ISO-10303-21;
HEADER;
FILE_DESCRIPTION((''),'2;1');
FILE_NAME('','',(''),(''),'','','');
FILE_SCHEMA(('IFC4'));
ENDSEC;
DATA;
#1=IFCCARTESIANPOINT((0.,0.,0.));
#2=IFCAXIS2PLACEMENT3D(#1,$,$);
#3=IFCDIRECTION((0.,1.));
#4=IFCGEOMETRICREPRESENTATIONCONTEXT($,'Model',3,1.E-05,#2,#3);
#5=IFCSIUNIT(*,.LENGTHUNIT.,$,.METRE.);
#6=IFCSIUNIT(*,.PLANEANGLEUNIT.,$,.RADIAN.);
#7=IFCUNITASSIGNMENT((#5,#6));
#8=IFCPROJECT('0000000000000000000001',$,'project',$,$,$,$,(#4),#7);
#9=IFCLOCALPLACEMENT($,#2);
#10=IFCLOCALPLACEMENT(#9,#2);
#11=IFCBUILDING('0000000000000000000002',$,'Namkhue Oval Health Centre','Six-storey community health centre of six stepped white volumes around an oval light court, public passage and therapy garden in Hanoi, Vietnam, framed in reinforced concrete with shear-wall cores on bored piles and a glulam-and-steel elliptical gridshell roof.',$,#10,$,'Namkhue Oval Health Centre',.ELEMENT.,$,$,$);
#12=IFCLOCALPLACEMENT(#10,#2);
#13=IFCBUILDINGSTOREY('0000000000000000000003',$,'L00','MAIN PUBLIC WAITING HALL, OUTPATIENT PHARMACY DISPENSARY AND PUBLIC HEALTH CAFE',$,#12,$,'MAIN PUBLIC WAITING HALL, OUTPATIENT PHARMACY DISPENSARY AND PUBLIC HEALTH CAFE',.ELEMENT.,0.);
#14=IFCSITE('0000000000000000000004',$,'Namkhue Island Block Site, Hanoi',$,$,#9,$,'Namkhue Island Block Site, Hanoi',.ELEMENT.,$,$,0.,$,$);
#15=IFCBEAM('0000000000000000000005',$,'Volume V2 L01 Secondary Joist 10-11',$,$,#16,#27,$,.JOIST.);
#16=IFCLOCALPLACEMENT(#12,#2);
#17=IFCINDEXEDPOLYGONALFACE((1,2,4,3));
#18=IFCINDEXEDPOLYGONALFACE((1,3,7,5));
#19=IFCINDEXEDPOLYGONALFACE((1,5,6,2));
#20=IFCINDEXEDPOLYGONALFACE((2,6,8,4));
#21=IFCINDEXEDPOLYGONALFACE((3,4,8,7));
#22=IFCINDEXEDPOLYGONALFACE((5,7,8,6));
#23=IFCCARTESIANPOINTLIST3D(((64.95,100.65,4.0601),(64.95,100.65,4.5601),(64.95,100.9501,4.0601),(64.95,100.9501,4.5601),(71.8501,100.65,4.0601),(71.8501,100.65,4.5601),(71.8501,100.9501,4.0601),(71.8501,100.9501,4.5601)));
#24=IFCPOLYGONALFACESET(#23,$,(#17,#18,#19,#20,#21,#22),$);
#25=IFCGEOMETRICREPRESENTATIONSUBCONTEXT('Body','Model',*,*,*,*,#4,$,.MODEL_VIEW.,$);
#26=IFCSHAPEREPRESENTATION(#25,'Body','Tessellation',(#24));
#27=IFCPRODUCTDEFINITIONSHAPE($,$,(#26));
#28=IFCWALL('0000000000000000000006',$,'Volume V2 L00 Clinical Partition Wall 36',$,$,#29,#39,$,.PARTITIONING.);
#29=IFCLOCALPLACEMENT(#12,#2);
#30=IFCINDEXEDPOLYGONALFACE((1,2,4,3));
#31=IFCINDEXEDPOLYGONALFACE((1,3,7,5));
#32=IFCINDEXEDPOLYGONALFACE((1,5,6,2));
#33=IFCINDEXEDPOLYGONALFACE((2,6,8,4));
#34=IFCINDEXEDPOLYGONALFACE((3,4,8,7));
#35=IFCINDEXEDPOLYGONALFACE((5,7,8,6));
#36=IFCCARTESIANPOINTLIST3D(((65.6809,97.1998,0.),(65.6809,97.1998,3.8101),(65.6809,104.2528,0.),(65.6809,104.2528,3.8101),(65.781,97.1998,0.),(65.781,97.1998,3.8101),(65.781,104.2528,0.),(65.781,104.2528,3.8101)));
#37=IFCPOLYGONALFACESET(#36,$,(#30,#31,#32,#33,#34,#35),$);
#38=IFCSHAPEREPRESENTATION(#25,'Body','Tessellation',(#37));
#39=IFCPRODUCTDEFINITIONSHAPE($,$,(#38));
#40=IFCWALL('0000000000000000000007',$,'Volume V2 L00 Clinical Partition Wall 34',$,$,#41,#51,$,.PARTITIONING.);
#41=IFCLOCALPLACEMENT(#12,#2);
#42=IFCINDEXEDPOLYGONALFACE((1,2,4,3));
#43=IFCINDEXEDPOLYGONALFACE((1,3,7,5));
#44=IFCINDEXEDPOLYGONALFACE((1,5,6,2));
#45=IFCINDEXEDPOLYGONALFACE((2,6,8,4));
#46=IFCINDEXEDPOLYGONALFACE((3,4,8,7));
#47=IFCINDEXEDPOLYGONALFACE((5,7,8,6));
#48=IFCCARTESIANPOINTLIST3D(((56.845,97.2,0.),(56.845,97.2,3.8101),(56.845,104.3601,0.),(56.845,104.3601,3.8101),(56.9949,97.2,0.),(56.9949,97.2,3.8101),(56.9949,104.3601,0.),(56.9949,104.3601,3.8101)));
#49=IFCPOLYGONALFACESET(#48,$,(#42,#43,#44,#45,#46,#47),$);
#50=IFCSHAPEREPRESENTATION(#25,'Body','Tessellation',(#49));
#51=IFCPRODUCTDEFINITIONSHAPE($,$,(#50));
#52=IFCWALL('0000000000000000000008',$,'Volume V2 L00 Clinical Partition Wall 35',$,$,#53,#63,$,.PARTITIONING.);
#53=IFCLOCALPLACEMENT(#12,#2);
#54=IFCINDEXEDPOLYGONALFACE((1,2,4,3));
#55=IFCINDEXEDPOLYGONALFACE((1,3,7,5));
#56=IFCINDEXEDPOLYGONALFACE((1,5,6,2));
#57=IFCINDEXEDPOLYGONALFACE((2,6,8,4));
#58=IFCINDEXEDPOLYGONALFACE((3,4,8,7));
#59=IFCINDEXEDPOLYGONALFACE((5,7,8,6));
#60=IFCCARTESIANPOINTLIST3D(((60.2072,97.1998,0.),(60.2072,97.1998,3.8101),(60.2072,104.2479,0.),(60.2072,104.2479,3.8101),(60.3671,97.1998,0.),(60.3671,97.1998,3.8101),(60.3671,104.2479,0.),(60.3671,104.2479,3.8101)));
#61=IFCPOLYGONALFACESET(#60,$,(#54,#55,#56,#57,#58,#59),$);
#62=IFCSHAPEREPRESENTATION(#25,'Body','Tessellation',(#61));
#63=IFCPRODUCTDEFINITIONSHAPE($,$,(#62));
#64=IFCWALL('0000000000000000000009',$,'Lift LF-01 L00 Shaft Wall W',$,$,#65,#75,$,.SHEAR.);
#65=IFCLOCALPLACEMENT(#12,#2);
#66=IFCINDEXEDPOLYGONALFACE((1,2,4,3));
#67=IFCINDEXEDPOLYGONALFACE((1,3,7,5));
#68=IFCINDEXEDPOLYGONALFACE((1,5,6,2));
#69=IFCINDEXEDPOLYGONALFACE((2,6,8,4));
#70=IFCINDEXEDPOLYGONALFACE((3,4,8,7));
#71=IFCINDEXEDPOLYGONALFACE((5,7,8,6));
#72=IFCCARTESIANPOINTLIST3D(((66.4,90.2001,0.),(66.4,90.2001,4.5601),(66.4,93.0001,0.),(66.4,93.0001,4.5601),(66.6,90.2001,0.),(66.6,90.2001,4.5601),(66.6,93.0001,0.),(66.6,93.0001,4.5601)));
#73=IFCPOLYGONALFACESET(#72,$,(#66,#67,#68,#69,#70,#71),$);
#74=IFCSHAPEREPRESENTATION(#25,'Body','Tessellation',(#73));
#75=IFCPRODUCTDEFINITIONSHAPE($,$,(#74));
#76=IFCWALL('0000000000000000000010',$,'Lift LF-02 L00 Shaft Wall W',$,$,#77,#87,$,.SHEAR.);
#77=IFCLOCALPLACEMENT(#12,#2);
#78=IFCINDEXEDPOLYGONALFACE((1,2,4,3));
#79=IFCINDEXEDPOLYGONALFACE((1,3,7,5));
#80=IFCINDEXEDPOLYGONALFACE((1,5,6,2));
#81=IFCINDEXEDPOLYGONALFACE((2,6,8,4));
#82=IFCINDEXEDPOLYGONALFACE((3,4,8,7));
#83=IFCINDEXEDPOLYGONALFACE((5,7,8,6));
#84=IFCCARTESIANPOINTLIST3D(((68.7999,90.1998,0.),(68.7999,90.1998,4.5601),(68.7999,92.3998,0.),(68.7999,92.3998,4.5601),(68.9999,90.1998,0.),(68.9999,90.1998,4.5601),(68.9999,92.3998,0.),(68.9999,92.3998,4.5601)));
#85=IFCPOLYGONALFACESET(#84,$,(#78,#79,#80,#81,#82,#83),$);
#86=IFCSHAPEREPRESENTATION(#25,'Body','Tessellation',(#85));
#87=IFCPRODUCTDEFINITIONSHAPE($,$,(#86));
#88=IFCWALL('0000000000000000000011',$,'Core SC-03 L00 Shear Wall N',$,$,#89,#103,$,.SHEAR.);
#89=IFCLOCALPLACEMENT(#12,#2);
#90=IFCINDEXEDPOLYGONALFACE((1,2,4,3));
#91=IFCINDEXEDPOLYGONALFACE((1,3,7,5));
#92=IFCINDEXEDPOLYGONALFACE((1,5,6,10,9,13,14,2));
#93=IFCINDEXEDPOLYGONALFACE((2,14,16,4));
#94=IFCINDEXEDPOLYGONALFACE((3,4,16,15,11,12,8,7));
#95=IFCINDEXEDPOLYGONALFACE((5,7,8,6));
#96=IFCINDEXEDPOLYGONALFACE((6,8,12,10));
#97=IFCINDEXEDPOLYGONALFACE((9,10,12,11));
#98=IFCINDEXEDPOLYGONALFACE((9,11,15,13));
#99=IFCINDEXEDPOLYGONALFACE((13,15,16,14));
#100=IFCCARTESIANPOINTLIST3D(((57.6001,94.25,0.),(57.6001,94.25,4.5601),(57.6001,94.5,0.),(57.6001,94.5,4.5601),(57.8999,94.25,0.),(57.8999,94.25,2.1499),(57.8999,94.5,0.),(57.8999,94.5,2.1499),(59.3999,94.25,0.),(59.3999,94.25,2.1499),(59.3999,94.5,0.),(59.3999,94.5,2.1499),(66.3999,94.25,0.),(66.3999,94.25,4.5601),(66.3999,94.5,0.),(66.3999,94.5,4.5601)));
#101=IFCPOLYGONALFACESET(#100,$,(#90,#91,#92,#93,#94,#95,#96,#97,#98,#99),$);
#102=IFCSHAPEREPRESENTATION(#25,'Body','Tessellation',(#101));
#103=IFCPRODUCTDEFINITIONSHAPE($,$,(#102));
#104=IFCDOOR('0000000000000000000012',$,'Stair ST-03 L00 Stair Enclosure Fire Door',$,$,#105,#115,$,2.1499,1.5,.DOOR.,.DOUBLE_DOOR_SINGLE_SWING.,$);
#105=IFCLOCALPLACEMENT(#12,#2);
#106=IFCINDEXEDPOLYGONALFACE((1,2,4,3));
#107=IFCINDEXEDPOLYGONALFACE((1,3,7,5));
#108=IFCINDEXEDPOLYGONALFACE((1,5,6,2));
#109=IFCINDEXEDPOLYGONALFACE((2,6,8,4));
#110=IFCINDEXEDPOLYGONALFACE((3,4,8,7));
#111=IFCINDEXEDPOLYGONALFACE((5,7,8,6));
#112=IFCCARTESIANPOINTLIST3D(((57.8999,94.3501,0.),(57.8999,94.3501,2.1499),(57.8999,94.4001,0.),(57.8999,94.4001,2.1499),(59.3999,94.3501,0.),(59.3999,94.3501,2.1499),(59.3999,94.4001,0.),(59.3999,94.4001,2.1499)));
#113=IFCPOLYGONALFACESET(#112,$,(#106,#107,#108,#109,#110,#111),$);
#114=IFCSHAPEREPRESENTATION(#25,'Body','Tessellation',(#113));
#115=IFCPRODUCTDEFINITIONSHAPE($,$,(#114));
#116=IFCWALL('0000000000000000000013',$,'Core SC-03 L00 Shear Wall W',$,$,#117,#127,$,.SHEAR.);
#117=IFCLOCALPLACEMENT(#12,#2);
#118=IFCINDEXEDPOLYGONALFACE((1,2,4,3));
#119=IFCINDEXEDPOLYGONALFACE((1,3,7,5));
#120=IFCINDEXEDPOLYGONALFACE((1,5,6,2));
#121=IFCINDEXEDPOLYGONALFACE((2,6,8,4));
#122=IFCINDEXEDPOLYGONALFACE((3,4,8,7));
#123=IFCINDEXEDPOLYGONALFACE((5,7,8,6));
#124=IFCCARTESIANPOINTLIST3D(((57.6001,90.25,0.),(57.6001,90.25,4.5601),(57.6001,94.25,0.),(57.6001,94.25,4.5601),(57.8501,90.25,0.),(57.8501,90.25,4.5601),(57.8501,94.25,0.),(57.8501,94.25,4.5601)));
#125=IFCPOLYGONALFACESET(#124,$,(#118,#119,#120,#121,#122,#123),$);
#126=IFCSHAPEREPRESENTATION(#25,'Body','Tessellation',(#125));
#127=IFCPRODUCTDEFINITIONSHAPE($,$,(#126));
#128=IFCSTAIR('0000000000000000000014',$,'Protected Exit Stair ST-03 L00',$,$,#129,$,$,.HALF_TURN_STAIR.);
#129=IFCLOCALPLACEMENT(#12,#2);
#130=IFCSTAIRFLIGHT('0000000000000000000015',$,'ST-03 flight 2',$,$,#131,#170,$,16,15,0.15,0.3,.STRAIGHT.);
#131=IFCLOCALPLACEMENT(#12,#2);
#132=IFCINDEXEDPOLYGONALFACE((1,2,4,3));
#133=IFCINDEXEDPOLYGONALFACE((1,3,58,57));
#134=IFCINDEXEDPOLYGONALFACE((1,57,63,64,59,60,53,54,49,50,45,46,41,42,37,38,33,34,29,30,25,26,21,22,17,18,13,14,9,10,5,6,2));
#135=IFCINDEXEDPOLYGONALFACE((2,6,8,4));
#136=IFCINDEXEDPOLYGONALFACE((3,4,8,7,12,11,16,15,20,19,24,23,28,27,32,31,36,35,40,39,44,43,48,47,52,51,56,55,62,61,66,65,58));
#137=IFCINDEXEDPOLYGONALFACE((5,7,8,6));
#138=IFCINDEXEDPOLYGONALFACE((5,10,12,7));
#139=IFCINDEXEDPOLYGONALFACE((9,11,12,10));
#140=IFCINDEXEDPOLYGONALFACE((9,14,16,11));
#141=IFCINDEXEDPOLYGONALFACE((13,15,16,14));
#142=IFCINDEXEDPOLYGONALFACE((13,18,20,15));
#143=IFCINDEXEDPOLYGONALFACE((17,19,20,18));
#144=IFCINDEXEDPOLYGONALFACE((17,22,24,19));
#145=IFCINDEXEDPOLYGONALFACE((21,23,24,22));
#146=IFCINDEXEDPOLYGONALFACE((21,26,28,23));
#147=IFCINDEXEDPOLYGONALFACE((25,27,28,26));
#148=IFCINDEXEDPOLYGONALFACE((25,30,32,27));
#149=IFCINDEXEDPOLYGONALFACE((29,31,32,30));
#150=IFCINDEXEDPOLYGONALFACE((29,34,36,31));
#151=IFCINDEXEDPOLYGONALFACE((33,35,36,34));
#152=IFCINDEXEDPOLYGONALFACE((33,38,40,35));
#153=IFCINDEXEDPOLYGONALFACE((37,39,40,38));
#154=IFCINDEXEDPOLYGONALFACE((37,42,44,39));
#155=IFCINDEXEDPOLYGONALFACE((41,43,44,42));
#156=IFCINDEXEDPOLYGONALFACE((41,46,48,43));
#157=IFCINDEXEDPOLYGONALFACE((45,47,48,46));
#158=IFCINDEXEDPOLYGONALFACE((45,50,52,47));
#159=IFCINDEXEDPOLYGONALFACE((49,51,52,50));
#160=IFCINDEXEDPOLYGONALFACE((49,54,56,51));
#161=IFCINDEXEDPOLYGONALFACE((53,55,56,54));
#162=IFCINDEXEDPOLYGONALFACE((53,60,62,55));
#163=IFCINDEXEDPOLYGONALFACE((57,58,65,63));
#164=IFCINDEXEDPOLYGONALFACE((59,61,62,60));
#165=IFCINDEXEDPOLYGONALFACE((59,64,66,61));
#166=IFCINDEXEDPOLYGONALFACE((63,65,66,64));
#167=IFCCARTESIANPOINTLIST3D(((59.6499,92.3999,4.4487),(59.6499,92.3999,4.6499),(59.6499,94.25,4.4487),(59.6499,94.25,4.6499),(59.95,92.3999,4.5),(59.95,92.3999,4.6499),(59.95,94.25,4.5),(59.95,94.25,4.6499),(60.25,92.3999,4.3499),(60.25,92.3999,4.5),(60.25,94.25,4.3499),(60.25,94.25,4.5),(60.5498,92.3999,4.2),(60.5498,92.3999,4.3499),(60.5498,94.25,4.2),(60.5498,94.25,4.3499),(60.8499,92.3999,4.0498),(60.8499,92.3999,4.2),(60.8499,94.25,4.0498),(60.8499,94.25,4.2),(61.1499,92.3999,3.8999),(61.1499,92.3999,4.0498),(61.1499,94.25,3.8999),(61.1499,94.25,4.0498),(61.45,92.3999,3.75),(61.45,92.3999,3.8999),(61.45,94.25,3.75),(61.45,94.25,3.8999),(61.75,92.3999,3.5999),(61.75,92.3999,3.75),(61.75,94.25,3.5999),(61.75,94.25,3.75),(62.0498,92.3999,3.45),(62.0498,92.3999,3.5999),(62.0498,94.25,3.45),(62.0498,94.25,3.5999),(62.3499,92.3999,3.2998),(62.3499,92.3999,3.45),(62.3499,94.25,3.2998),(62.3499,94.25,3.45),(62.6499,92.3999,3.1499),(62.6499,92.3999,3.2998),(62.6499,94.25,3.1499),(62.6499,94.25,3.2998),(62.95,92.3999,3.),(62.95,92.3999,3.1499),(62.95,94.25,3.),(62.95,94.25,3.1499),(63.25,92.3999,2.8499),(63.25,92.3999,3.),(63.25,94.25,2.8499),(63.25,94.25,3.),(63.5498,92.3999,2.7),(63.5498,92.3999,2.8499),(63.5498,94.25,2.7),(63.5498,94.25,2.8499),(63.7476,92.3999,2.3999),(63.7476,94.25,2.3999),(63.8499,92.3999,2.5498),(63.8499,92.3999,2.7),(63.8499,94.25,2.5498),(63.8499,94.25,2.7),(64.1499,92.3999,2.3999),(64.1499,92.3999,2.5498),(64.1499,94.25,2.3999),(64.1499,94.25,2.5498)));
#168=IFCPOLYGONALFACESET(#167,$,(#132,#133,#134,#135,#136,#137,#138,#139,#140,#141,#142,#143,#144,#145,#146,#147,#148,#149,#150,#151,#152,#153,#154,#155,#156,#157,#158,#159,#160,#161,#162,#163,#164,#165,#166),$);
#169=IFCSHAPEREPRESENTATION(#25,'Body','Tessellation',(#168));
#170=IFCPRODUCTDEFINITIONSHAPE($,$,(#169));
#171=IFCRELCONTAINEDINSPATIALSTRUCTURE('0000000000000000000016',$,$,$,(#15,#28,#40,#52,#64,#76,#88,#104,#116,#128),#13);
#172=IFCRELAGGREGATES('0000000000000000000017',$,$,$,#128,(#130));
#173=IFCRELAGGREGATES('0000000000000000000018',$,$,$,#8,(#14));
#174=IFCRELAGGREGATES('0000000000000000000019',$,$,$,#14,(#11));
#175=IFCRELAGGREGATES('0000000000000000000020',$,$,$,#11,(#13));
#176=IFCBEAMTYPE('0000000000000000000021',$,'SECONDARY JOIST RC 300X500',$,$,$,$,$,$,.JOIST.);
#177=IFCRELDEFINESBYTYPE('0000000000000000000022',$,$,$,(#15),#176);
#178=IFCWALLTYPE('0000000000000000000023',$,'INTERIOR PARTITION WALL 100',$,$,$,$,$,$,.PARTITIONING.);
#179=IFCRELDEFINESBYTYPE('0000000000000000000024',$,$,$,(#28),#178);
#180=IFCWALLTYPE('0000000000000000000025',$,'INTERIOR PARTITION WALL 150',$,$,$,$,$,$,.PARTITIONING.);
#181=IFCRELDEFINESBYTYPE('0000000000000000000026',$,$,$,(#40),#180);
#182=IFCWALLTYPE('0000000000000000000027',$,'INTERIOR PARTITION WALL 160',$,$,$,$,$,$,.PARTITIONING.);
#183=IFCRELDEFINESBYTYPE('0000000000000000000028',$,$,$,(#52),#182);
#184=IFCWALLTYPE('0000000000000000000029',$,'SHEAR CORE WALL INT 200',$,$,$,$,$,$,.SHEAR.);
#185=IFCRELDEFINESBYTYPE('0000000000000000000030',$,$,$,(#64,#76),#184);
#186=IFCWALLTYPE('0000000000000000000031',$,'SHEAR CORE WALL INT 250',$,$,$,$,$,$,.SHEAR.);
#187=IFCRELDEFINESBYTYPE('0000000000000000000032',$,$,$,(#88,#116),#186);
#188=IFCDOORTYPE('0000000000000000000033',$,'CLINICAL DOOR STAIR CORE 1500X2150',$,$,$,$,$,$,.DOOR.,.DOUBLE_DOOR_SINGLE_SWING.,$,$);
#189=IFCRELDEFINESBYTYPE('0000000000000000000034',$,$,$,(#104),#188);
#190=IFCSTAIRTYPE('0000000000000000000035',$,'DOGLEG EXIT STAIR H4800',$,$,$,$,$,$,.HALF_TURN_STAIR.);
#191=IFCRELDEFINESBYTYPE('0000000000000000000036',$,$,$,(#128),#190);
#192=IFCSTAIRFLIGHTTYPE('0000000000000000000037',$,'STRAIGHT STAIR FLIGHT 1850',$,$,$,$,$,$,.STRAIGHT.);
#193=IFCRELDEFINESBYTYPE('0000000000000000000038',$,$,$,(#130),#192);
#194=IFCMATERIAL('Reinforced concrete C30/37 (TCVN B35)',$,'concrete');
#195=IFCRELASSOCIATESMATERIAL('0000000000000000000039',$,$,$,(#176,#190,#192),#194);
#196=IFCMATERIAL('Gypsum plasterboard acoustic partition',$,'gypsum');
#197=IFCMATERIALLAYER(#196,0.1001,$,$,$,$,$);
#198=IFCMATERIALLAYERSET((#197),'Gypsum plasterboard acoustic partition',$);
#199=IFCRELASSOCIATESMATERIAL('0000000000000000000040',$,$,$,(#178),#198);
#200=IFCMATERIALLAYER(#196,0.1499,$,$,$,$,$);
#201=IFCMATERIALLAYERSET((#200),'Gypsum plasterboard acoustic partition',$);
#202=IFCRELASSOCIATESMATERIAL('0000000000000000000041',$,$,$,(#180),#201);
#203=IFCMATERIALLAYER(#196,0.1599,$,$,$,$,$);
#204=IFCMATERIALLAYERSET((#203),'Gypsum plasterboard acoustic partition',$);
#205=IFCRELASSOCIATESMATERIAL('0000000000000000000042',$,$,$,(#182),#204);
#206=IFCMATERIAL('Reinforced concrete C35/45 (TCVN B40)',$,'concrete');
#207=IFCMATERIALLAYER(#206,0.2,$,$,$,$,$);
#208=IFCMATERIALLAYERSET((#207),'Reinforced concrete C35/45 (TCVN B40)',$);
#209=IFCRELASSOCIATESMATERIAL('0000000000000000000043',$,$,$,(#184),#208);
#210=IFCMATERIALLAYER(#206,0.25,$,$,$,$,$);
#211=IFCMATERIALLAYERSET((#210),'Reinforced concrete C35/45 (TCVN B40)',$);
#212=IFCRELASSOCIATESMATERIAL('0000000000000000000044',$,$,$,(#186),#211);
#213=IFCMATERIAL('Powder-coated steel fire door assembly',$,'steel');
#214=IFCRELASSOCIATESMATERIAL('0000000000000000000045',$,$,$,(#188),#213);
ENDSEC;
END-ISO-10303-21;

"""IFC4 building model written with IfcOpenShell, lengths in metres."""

from ifc_helpers import new_model, si_unit, direction, frame, frame_2d, origin, origin_2d, place, context, subcontext, project, spatial, polyline, rectangle, outline, extrude, material, layer, layer_set, material_profile, profile_set, type_object, element, fill, aggregate, save


model = new_model("IFC4")

# Units and contexts
model_context = context("Model", 3, precision=1e-05, world=origin(), true_north=direction((0.0, 1.0)))
body_context = subcontext(model_context, "Body", "Model", "MODEL_VIEW")
ifc_project = project(units=[si_unit("LENGTHUNIT", "METRE"), si_unit("PLANEANGLEUNIT", "RADIAN")], contexts=[model_context])

# Site, building, storey
site_placement = place(None, origin())
site = spatial("IfcSite", under=ifc_project, at=site_placement, Name="Namkhue Island Block Site, Hanoi", LongName="Namkhue Island Block Site, Hanoi", CompositionType="ELEMENT", RefElevation=0.0)
building_placement = place(site_placement, origin())
building = spatial("IfcBuilding", under=site, at=building_placement, Name="Namkhue Oval Health Centre", Description="Six-storey community health centre of six stepped white volumes around an oval light court, public passage and therapy garden in Hanoi, Vietnam, framed in reinforced concrete with shear-wall cores on bored piles and a glulam-and-steel elliptical gridshell roof.", LongName="Namkhue Oval Health Centre", CompositionType="ELEMENT")
storey_placement = place(building_placement, origin())
storey = spatial("IfcBuildingStorey", under=building, at=storey_placement, Name="L00", Description="MAIN PUBLIC WAITING HALL, OUTPATIENT PHARMACY DISPENSARY AND PUBLIC HEALTH CAFE", LongName="MAIN PUBLIC WAITING HALL, OUTPATIENT PHARMACY DISPENSARY AND PUBLIC HEALTH CAFE", CompositionType="ELEMENT", Elevation=0.0)

# Shared definitions
ifc_material_1 = material(Name="Reinforced concrete C30/37 (TCVN B35)", Category="concrete")

# Shared definitions
ifc_material_2 = material(Name="Reinforced concrete C35/45 (TCVN B40)", Category="concrete")

# Beam
ifc_material_profile_1 = material_profile(ifc_material_1, rectangle(XDim=0.3, YDim=0.5, at=origin_2d()), Name="RC 300x500")
ifc_profile_set_1 = profile_set([ifc_material_profile_1], Name="Reinforced concrete C30/37 (TCVN B35)")
beam_type_1 = type_object("IfcBeamType", Name="SECONDARY JOIST RC 300X500", PredefinedType="JOIST", material=ifc_profile_set_1)
beam_1_placement = place(storey_placement, frame((64.95, 100.8, 4.3101), z_axis=(1.0, 0.0, 0.0), x_axis=(0.0, 1.0, 0.0)))
element("IfcBeam", 1, at=beam_1_placement, inside=storey, type_object=beam_type_1, Name="Volume V2 L01 Secondary Joist 10-11", PredefinedType="JOIST", context=body_context, shape_type="SweptSolid", body=[
    extrude(rectangle(XDim=0.3, YDim=0.5, at=origin_2d()), origin(), (0.0, 0.0, 1.0), 6.9001),
])

# Walls
ifc_material_3 = material(Name="Gypsum plasterboard acoustic partition", Category="gypsum")
ifc_layer_1 = layer(ifc_material_3, 0.1001)
ifc_layer_set_1 = layer_set([ifc_layer_1], Name="Gypsum plasterboard acoustic partition")
wall_type_1 = type_object("IfcWallType", Name="INTERIOR PARTITION WALL 100", PredefinedType="PARTITIONING", material=ifc_layer_set_1)
wall_1_placement = place(storey_placement, frame((65.731, 97.2, 0.0), z_axis=(0.0, 0.0, 1.0), x_axis=(0.0, 1.0, 0.0)))
element("IfcWall", 2, at=wall_1_placement, inside=storey, type_object=wall_type_1, Name="Volume V2 L00 Clinical Partition Wall 36", PredefinedType="PARTITIONING", context=body_context, shape_type="SweptSolid", body=[
    extrude(rectangle(XDim=7.053, YDim=0.1001, at=frame_2d((3.5264, 0.0))), origin(), (0.0, 0.0, 1.0), 3.8101),
])
ifc_layer_2 = layer(ifc_material_3, 0.1499)
ifc_layer_set_2 = layer_set([ifc_layer_2], Name="Gypsum plasterboard acoustic partition")
wall_type_2 = type_object("IfcWallType", Name="INTERIOR PARTITION WALL 150", PredefinedType="PARTITIONING", material=ifc_layer_set_2)
wall_2_placement = place(storey_placement, frame((56.9199, 97.2, 0.0), z_axis=(0.0, 0.0, 1.0), x_axis=(0.0, 1.0, 0.0)))
element("IfcWall", 3, at=wall_2_placement, inside=storey, type_object=wall_type_2, Name="Volume V2 L00 Clinical Partition Wall 34", PredefinedType="PARTITIONING", context=body_context, shape_type="SweptSolid", body=[
    extrude(rectangle(XDim=7.1602, YDim=0.1499, at=frame_2d((3.5801, 0.0))), origin(), (0.0, 0.0, 1.0), 3.8101),
])
ifc_layer_3 = layer(ifc_material_3, 0.1599)
ifc_layer_set_3 = layer_set([ifc_layer_3], Name="Gypsum plasterboard acoustic partition")
wall_type_3 = type_object("IfcWallType", Name="INTERIOR PARTITION WALL 160", PredefinedType="PARTITIONING", material=ifc_layer_set_3)
wall_3_placement = place(storey_placement, frame((60.2871, 97.2, 0.0), z_axis=(0.0, 0.0, 1.0), x_axis=(0.0, 1.0, 0.0)))
element("IfcWall", 4, at=wall_3_placement, inside=storey, type_object=wall_type_3, Name="Volume V2 L00 Clinical Partition Wall 35", PredefinedType="PARTITIONING", context=body_context, shape_type="SweptSolid", body=[
    extrude(rectangle(XDim=7.0481, YDim=0.1599, at=frame_2d((3.5239, 0.0))), origin(), (0.0, 0.0, 1.0), 3.8101),
])

# Shared definitions
ifc_layer_4 = layer(ifc_material_2, 0.2)
ifc_layer_set_4 = layer_set([ifc_layer_4], Name="Reinforced concrete C35/45 (TCVN B40)")
wall_type_4 = type_object("IfcWallType", Name="SHEAR CORE WALL INT 200", PredefinedType="SHEAR", material=ifc_layer_set_4)
ifc_material_4 = material(Name="Powder-coated steel fire door assembly", Category="steel")

# Walls
wall_4_placement = place(storey_placement, frame((66.5, 93.0, 0.0), z_axis=(0.0, 0.0, 1.0), x_axis=(0.0, -1.0, 0.0)))
element("IfcWall", 5, at=wall_4_placement, inside=storey, type_object=wall_type_4, Name="Lift LF-01 L00 Shaft Wall W", PredefinedType="SHEAR", context=body_context, shape_type="SweptSolid", body=[
    extrude(rectangle(XDim=2.8, YDim=0.2, at=frame_2d((1.3999, 0.0))), origin(), (0.0, 0.0, 1.0), 4.5601),
])
wall_5_placement = place(storey_placement, frame((68.8999, 92.3999, 0.0), z_axis=(0.0, 0.0, 1.0), x_axis=(0.0, -1.0, 0.0)))
element("IfcWall", 6, at=wall_5_placement, inside=storey, type_object=wall_type_4, Name="Lift LF-02 L00 Shaft Wall W", PredefinedType="SHEAR", context=body_context, shape_type="SweptSolid", body=[
    extrude(rectangle(XDim=2.2, YDim=0.2, at=frame_2d((1.1001, 0.0))), origin(), (0.0, 0.0, 1.0), 4.5601),
])

# Wall, opening, door
ifc_layer_5 = layer(ifc_material_2, 0.25)
ifc_layer_set_5 = layer_set([ifc_layer_5], Name="Reinforced concrete C35/45 (TCVN B40)")
wall_type_5 = type_object("IfcWallType", Name="SHEAR CORE WALL INT 250", PredefinedType="SHEAR", material=ifc_layer_set_5)
wall_6_placement = place(storey_placement, frame((66.3999, 94.375, 0.0), z_axis=(0.0, 0.0, 1.0), x_axis=(-1.0, 0.0, 0.0)))
wall_6 = element("IfcWall", 7, at=wall_6_placement, inside=storey, type_object=wall_type_5, Name="Core SC-03 L00 Shear Wall N", PredefinedType="SHEAR", context=body_context, shape_type="SweptSolid", body=[
    extrude(rectangle(XDim=8.7998, YDim=0.25, at=frame_2d((4.3999, 0.0))), origin(), (0.0, 0.0, 1.0), 4.5601),
])
opening_1_placement = place(wall_6_placement, frame((7.0, 0.0, 0.0)))
opening_1 = element("IfcOpeningElement", 8, at=opening_1_placement, cuts=wall_6, PredefinedType="OPENING", context=body_context, shape_type="SweptSolid", body=[
    extrude(rectangle(XDim=1.5, YDim=2.1499, at=frame_2d((0.75, 1.075))), frame((0.0, 0.135, 0.0), z_axis=(0.0, -1.0, 0.0), x_axis=(1.0, 0.0, 0.0)), (0.0, 0.0, 1.0), 0.27),
])
door_type_1 = type_object("IfcDoorType", Name="CLINICAL DOOR STAIR CORE 1500X2150", OperationType="DOUBLE_DOOR_SINGLE_SWING", PredefinedType="DOOR", material=ifc_material_4)
door_1_placement = place(opening_1_placement, origin())
door_1 = element("IfcDoor", 9, at=door_1_placement, inside=storey, type_object=door_type_1, Name="Stair ST-03 L00 Stair Enclosure Fire Door", OperationType="DOUBLE_DOOR_SINGLE_SWING", OverallHeight=2.1499, OverallWidth=1.5, PredefinedType="DOOR", context=body_context, shape_type="SweptSolid", body=[
    extrude(rectangle(XDim=1.5, YDim=2.1499, at=frame_2d((0.75, 1.075))), frame((0.0, 0.0249, 0.0), z_axis=(0.0, -1.0, 0.0), x_axis=(1.0, 0.0, 0.0)), (0.0, 0.0, 1.0), 0.05),
])
fill(opening_1, door_1)

# Wall
wall_7_placement = place(storey_placement, frame((57.7251, 94.25, 0.0), z_axis=(0.0, 0.0, 1.0), x_axis=(0.0, -1.0, 0.0)))
element("IfcWall", 10, at=wall_7_placement, inside=storey, type_object=wall_type_5, Name="Core SC-03 L00 Shear Wall W", PredefinedType="SHEAR", context=body_context, shape_type="SweptSolid", body=[
    extrude(rectangle(XDim=4.0, YDim=0.25, at=frame_2d((2.0, 0.0))), origin(), (0.0, 0.0, 1.0), 4.5601),
])

# Stair, stair flight
stair_type = type_object("IfcStairType", Name="DOGLEG EXIT STAIR H4800", PredefinedType="HALF_TURN_STAIR", material=ifc_material_1)
stair_placement = place(storey_placement, origin())
stair = element("IfcStair", 11, at=stair_placement, inside=storey, type_object=stair_type, Name="Protected Exit Stair ST-03 L00", PredefinedType="HALF_TURN_STAIR")
stair_flight_type = type_object("IfcStairFlightType", Name="STRAIGHT STAIR FLIGHT 1850", PredefinedType="STRAIGHT", material=ifc_material_1)
stair_flight_placement = place(storey_placement, frame((64.1499, 93.325, 2.3999), z_axis=(0.0, 0.0, 1.0), x_axis=(-1.0, 0.0, 0.0)))
stair_flight = element("IfcStairFlight", 12, at=stair_flight_placement, type_object=stair_flight_type, Name="ST-03 flight 2", NumberOfRisers=16, NumberOfTreads=15, PredefinedType="STRAIGHT", RiserHeight=0.15, TreadLength=0.3, context=body_context, shape_type="SweptSolid", body=[
    extrude(outline(polyline([(0.0, 0.0), (0.0, 0.1499), (0.3, 0.1499), (0.3, 0.3), (0.6001, 0.3), (0.6001, 0.45), (0.8999, 0.45), (0.8999, 0.6001), (1.2, 0.6001), (1.2, 0.75), (1.5, 0.75), (1.5, 0.8999), (1.8, 0.8999), (1.8, 1.05), (2.1001, 1.05), (2.1001, 1.2), (2.3999, 1.2), (2.3999, 1.3501), (2.7, 1.3501), (2.7, 1.5), (3.0, 1.5), (3.0, 1.6499), (3.3, 1.6499), (3.3, 1.8), (3.6001, 1.8), (3.6001, 1.95), (3.8999, 1.95), (3.8999, 2.1001), (4.2, 2.1001), (4.2, 2.25), (4.5, 2.25), (4.5, 2.3999), (4.5, 2.0488), (0.4023, 0.0), (0.0, 0.0)])), frame((0.0, 0.925, 0.0), z_axis=(0.0, -1.0, 0.0), x_axis=(1.0, 0.0, 0.0)), (0.0, 0.0, 1.0), 1.8501),
])
aggregate(stair, [stair_flight])

save(model, "model.ifc")
